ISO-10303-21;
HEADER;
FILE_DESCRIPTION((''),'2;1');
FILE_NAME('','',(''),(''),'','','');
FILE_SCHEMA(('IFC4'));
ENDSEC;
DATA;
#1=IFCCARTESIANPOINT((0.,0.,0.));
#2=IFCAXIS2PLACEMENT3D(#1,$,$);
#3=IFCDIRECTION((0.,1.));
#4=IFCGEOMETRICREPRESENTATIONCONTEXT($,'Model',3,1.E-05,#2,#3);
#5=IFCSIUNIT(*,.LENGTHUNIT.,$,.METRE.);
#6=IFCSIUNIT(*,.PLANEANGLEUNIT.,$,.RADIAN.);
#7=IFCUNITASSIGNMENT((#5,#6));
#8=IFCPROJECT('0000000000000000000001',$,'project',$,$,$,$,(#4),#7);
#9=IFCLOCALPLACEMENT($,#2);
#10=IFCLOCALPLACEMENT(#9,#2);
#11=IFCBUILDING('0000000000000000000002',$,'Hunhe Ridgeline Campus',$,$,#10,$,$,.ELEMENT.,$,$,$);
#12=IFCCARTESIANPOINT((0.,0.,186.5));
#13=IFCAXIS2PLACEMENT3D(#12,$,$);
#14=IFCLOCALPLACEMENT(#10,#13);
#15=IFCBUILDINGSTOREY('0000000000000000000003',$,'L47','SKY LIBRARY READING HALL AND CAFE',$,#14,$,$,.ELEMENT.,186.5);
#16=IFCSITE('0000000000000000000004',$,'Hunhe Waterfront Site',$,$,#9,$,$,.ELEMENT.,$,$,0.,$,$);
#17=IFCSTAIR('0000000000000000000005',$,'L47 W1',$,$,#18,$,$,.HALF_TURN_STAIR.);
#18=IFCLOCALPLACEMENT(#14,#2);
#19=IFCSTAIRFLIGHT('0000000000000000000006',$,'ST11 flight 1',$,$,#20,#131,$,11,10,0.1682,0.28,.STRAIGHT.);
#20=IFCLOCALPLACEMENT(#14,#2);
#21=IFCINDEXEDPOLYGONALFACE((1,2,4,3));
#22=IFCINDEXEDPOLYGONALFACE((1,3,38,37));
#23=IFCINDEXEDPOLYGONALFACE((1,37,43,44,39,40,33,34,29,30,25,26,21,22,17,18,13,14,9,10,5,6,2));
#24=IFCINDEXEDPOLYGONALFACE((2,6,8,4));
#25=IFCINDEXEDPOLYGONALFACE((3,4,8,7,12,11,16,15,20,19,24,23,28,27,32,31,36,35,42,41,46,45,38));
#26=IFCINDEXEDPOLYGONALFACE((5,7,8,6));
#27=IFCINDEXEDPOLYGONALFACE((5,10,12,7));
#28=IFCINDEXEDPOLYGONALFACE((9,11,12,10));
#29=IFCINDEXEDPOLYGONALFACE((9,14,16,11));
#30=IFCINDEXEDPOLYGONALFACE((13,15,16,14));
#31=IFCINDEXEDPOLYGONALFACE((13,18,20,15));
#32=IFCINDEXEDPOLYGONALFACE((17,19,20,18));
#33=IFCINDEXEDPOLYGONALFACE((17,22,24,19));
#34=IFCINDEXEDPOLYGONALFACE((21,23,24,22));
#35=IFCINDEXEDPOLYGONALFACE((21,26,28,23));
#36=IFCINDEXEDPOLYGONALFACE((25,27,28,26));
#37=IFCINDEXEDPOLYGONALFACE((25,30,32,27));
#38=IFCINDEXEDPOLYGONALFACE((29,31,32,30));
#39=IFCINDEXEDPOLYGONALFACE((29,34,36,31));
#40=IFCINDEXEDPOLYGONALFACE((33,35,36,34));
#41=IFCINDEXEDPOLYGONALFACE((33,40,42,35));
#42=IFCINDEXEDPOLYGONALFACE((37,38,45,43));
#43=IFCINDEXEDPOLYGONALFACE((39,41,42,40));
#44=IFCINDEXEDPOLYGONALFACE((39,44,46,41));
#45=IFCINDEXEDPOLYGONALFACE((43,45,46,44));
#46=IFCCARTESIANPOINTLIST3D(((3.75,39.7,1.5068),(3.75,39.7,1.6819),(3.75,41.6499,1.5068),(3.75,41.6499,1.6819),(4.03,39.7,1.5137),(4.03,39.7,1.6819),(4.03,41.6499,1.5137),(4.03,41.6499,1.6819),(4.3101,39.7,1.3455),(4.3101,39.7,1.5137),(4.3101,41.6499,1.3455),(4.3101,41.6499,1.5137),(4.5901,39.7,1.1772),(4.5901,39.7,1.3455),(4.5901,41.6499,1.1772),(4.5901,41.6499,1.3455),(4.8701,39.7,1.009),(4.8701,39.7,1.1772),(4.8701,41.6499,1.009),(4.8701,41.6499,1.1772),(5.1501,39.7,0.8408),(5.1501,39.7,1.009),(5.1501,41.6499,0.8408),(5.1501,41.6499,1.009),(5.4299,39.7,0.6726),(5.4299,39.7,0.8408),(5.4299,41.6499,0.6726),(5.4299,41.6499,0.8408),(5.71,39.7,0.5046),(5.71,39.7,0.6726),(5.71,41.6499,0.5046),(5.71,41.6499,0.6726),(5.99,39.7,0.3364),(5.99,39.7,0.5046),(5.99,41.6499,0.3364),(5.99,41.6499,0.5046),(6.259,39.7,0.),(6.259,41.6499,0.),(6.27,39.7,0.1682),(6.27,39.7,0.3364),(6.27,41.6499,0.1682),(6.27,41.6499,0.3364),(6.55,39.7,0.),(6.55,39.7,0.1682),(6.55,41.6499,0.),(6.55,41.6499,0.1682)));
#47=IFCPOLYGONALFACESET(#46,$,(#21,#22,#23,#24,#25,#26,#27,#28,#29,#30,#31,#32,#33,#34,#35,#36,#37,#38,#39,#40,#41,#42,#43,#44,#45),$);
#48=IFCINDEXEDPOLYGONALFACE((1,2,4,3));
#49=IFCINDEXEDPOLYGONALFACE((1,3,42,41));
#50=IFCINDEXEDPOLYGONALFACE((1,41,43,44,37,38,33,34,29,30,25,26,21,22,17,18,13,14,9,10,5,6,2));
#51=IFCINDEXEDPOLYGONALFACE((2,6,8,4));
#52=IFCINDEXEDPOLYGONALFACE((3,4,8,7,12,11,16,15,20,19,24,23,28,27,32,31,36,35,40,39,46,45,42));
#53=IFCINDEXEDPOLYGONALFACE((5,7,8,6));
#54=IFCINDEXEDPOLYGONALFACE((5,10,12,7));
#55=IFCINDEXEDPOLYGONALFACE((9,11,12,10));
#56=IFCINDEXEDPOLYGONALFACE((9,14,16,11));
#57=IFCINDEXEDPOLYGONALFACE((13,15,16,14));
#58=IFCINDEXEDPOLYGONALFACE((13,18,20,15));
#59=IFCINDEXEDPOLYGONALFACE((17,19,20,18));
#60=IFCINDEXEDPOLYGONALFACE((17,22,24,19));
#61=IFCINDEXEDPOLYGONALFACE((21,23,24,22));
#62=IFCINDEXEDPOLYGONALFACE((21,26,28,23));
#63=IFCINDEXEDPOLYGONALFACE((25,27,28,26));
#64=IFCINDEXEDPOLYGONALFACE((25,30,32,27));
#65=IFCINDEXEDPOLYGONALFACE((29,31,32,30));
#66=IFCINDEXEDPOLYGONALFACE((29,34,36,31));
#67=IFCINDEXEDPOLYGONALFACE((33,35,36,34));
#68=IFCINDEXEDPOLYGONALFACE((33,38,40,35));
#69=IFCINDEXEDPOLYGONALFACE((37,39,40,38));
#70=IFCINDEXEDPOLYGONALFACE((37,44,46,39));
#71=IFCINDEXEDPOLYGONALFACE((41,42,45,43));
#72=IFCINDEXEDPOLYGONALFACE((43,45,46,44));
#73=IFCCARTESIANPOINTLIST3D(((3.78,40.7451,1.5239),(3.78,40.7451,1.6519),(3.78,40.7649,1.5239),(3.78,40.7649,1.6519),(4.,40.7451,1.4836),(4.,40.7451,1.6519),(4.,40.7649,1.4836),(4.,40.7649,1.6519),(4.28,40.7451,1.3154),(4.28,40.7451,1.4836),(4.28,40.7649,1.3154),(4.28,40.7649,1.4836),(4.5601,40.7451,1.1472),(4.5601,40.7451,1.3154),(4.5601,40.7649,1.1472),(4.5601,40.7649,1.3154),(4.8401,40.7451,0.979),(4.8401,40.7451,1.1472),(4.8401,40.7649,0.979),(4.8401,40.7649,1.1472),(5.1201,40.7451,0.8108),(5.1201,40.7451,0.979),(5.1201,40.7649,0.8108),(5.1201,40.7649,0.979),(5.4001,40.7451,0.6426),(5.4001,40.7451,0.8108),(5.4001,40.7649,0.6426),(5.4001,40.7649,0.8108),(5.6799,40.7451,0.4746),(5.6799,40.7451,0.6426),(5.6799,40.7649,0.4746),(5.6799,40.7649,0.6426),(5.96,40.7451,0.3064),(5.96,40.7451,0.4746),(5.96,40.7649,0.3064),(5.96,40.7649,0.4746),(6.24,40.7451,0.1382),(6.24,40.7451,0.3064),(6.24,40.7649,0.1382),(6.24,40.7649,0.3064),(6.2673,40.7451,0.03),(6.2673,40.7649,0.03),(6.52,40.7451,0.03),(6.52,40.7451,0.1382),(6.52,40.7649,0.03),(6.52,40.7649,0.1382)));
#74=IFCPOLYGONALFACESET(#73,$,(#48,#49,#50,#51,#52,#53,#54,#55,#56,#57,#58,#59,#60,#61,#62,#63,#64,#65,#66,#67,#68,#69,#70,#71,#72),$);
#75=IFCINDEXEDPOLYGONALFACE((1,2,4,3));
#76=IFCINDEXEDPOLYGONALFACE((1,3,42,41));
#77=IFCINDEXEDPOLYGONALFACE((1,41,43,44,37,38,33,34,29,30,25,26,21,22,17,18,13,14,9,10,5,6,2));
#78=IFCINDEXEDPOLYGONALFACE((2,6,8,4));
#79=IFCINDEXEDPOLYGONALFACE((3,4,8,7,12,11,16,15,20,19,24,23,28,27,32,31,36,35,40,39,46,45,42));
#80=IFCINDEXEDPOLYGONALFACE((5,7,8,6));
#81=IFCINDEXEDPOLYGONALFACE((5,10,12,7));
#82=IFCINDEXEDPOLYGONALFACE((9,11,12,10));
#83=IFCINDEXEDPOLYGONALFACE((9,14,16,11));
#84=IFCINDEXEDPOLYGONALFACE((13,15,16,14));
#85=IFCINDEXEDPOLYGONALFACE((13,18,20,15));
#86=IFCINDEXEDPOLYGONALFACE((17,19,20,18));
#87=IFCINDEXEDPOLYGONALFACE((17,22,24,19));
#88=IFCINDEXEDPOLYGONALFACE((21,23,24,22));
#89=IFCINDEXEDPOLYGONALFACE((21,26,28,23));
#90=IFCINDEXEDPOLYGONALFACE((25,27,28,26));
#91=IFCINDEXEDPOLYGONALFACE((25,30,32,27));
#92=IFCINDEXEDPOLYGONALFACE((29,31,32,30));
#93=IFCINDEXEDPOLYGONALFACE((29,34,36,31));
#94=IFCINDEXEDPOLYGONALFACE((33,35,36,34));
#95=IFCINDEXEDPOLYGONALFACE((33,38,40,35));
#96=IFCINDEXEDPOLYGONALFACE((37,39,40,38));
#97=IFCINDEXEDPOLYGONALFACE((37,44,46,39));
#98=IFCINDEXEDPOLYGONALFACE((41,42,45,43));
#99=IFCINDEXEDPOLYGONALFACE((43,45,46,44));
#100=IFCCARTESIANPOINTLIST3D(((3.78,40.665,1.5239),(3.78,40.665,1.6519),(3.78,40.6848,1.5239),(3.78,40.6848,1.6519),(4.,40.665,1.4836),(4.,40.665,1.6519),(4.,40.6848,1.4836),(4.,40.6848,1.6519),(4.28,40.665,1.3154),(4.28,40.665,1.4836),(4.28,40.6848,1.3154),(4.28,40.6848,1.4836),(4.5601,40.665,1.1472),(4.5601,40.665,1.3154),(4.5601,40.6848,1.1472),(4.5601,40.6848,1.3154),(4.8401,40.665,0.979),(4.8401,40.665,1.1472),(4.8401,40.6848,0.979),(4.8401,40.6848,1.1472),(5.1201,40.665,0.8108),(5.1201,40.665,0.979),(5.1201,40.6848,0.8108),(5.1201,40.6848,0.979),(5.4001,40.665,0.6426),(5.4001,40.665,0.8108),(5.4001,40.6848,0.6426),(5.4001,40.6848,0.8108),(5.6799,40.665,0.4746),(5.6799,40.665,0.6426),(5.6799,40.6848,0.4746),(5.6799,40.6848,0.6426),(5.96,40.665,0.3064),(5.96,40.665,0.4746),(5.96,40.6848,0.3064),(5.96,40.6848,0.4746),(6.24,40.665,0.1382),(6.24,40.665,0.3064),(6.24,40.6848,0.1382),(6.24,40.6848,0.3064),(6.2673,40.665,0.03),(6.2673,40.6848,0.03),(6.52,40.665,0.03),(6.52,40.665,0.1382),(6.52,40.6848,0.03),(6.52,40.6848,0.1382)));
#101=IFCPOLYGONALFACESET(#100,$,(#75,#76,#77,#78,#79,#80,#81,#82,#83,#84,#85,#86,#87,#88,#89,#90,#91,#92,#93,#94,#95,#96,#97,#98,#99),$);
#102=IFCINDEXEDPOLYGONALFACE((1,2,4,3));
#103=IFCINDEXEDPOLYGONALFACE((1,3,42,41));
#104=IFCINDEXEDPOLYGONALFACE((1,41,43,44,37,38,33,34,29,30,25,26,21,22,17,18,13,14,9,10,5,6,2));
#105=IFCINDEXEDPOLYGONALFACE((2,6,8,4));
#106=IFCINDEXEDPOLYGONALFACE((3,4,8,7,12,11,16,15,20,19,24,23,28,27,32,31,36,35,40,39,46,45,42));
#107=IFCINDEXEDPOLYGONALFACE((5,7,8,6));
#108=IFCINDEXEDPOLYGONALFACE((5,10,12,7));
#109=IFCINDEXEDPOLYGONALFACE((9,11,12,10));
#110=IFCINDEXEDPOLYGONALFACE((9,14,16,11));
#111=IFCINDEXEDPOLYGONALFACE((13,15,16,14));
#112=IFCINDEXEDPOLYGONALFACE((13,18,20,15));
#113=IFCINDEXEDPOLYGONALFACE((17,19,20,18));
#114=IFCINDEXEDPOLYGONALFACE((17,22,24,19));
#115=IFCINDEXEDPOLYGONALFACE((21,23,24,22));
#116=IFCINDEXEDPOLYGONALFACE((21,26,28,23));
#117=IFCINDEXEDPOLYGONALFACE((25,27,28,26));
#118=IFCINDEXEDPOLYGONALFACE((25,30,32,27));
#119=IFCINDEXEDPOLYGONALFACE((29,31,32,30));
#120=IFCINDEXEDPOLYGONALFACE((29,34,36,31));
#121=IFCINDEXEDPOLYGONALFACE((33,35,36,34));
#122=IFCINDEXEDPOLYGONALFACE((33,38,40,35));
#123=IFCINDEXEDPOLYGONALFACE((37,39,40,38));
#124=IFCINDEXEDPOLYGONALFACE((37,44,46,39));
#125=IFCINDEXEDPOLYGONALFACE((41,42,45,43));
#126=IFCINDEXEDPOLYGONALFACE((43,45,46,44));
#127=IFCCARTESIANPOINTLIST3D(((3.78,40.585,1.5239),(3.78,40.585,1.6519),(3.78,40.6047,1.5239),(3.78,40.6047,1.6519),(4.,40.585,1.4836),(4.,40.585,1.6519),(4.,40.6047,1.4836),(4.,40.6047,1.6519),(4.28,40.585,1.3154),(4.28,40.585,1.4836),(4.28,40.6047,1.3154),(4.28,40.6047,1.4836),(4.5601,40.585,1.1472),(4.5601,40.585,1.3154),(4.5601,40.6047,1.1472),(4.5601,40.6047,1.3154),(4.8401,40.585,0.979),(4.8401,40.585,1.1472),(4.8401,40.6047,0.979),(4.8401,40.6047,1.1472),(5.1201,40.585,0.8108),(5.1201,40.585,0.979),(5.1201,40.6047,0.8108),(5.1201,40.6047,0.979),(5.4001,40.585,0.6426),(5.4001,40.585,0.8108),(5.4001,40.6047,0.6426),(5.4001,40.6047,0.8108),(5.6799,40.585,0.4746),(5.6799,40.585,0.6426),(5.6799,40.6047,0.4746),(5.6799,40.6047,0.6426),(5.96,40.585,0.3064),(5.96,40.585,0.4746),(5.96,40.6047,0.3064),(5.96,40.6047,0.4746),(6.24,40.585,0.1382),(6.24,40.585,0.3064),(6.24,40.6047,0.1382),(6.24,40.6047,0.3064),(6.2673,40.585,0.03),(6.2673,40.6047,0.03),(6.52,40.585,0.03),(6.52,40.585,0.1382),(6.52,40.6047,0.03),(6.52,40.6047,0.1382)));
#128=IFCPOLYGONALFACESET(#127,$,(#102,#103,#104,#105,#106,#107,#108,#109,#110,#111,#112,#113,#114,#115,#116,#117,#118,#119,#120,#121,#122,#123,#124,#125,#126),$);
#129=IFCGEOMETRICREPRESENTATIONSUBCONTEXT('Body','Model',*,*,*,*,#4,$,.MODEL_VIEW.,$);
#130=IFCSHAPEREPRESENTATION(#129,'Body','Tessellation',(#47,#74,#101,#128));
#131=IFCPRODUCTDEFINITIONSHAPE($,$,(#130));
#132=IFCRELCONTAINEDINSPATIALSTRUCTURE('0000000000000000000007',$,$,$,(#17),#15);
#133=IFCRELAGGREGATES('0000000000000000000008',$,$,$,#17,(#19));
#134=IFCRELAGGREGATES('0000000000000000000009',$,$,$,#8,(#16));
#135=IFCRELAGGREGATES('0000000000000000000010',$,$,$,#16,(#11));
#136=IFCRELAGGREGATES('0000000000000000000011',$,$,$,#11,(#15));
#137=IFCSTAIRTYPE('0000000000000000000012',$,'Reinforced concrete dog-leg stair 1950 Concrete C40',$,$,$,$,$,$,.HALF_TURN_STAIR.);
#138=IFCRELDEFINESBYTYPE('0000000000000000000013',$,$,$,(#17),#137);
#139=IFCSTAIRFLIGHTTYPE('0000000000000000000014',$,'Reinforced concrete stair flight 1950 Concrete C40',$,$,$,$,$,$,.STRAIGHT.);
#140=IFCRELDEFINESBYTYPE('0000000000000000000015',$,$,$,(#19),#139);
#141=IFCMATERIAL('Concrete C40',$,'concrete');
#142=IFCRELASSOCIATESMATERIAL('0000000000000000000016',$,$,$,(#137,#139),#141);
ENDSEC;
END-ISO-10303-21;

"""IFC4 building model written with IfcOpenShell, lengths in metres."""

from ifc_helpers import new_model, si_unit, direction, frame, origin, place, context, subcontext, project, spatial, polyline, outline, extrude, material, type_object, element, aggregate, save


model = new_model("IFC4")

# Units and contexts
model_context = context("Model", 3, precision=1e-05, world=origin(), true_north=direction((0.0, 1.0)))
body_context = subcontext(model_context, "Body", "Model", "MODEL_VIEW")
ifc_project = project(units=[si_unit("LENGTHUNIT", "METRE"), si_unit("PLANEANGLEUNIT", "RADIAN")], contexts=[model_context])

# Site, building, storey
site_placement = place(None, origin())
site = spatial("IfcSite", under=ifc_project, at=site_placement, Name="Hunhe Waterfront Site", CompositionType="ELEMENT", RefElevation=0.0)
building_placement = place(site_placement, origin())
building = spatial("IfcBuilding", under=site, at=building_placement, Name="Hunhe Ridgeline Campus", CompositionType="ELEMENT")
storey_placement = place(building_placement, frame((0.0, 0.0, 186.5)))
storey = spatial("IfcBuildingStorey", under=building, at=storey_placement, Name="L47", Description="SKY LIBRARY READING HALL AND CAFE", CompositionType="ELEMENT", Elevation=186.5)

# Stair, stair flight
ifc_material_1 = material(Name="Concrete C40", Category="concrete")
stair_type = type_object("IfcStairType", Name="Reinforced concrete dog-leg stair 1950 Concrete C40", PredefinedType="HALF_TURN_STAIR", material=ifc_material_1)
stair_placement = place(storey_placement, origin())
stair = element("IfcStair", 1, at=stair_placement, inside=storey, type_object=stair_type, Name="L47 W1", PredefinedType="HALF_TURN_STAIR")
stair_flight_type = type_object("IfcStairFlightType", Name="Reinforced concrete stair flight 1950 Concrete C40", PredefinedType="STRAIGHT", material=ifc_material_1)
stair_flight_1_placement = place(storey_placement, frame((6.55, 40.675, 0.0), z_axis=(0.0, 0.0, 1.0), x_axis=(-1.0, 0.0, 0.0)))
stair_flight_1 = element("IfcStairFlight", 2, at=stair_flight_1_placement, type_object=stair_flight_type, Name="ST11 flight 1", NumberOfRisers=11, NumberOfTreads=10, PredefinedType="STRAIGHT", RiserHeight=0.1682, TreadLength=0.28, context=body_context, shape_type="SweptSolid", body=[
    extrude(outline(polyline([(0.0, 0.0), (0.0, 0.1682), (0.28, 0.1682), (0.28, 0.3364), (0.5601, 0.3364), (0.5601, 0.5046), (0.8401, 0.5046), (0.8401, 0.6726), (1.1201, 0.6726), (1.1201, 0.8408), (1.3999, 0.8408), (1.3999, 1.009), (1.6799, 1.009), (1.6799, 1.1772), (1.96, 1.1772), (1.96, 1.3455), (2.24, 1.3455), (2.24, 1.5137), (2.52, 1.5137), (2.52, 1.6819), (2.8, 1.6819), (2.8, 1.8501), (2.8, 1.5068), (0.291, 0.0), (0.0, 0.0)])), frame((0.0, 0.9751, 0.0), z_axis=(0.0, -1.0, 0.0), x_axis=(1.0, 0.0, 0.0)), (0.0, 0.0, 1.0), 1.95),
    extrude(outline(polyline([(0.03, 0.03), (0.03, 0.1382), (0.3101, 0.1382), (0.3101, 0.3064), (0.5901, 0.3064), (0.5901, 0.4746), (0.8701, 0.4746), (0.8701, 0.6426), (1.1499, 0.6426), (1.1499, 0.8108), (1.4299, 0.8108), (1.4299, 0.979), (1.71, 0.979), (1.71, 1.1472), (1.99, 1.1472), (1.99, 1.3154), (2.27, 1.3154), (2.27, 1.4836), (2.55, 1.4836), (2.55, 1.6519), (2.77, 1.6519), (2.77, 1.5239), (0.2827, 0.03), (0.03, 0.03)])), frame((0.0, -0.0701, 0.0), z_axis=(0.0, -1.0, 0.0), x_axis=(1.0, 0.0, 0.0)), (0.0, 0.0, 1.0), 0.0198),
    extrude(outline(polyline([(0.03, 0.03), (0.03, 0.1382), (0.3101, 0.1382), (0.3101, 0.3064), (0.5901, 0.3064), (0.5901, 0.4746), (0.8701, 0.4746), (0.8701, 0.6426), (1.1499, 0.6426), (1.1499, 0.8108), (1.4299, 0.8108), (1.4299, 0.979), (1.71, 0.979), (1.71, 1.1472), (1.99, 1.1472), (1.99, 1.3154), (2.27, 1.3154), (2.27, 1.4836), (2.55, 1.4836), (2.55, 1.6519), (2.77, 1.6519), (2.77, 1.5239), (0.2827, 0.03), (0.03, 0.03)])), frame((0.0, 0.01, 0.0), z_axis=(0.0, -1.0, 0.0), x_axis=(1.0, 0.0, 0.0)), (0.0, 0.0, 1.0), 0.0198),
    extrude(outline(polyline([(0.03, 0.03), (0.03, 0.1382), (0.3101, 0.1382), (0.3101, 0.3064), (0.5901, 0.3064), (0.5901, 0.4746), (0.8701, 0.4746), (0.8701, 0.6426), (1.1499, 0.6426), (1.1499, 0.8108), (1.4299, 0.8108), (1.4299, 0.979), (1.71, 0.979), (1.71, 1.1472), (1.99, 1.1472), (1.99, 1.3154), (2.27, 1.3154), (2.27, 1.4836), (2.55, 1.4836), (2.55, 1.6519), (2.77, 1.6519), (2.77, 1.5239), (0.2827, 0.03), (0.03, 0.03)])), frame((0.0, 0.0901, 0.0), z_axis=(0.0, -1.0, 0.0), x_axis=(1.0, 0.0, 0.0)), (0.0, 0.0, 1.0), 0.0198),
])
aggregate(stair, [stair_flight_1])

save(model, "model.ifc")
